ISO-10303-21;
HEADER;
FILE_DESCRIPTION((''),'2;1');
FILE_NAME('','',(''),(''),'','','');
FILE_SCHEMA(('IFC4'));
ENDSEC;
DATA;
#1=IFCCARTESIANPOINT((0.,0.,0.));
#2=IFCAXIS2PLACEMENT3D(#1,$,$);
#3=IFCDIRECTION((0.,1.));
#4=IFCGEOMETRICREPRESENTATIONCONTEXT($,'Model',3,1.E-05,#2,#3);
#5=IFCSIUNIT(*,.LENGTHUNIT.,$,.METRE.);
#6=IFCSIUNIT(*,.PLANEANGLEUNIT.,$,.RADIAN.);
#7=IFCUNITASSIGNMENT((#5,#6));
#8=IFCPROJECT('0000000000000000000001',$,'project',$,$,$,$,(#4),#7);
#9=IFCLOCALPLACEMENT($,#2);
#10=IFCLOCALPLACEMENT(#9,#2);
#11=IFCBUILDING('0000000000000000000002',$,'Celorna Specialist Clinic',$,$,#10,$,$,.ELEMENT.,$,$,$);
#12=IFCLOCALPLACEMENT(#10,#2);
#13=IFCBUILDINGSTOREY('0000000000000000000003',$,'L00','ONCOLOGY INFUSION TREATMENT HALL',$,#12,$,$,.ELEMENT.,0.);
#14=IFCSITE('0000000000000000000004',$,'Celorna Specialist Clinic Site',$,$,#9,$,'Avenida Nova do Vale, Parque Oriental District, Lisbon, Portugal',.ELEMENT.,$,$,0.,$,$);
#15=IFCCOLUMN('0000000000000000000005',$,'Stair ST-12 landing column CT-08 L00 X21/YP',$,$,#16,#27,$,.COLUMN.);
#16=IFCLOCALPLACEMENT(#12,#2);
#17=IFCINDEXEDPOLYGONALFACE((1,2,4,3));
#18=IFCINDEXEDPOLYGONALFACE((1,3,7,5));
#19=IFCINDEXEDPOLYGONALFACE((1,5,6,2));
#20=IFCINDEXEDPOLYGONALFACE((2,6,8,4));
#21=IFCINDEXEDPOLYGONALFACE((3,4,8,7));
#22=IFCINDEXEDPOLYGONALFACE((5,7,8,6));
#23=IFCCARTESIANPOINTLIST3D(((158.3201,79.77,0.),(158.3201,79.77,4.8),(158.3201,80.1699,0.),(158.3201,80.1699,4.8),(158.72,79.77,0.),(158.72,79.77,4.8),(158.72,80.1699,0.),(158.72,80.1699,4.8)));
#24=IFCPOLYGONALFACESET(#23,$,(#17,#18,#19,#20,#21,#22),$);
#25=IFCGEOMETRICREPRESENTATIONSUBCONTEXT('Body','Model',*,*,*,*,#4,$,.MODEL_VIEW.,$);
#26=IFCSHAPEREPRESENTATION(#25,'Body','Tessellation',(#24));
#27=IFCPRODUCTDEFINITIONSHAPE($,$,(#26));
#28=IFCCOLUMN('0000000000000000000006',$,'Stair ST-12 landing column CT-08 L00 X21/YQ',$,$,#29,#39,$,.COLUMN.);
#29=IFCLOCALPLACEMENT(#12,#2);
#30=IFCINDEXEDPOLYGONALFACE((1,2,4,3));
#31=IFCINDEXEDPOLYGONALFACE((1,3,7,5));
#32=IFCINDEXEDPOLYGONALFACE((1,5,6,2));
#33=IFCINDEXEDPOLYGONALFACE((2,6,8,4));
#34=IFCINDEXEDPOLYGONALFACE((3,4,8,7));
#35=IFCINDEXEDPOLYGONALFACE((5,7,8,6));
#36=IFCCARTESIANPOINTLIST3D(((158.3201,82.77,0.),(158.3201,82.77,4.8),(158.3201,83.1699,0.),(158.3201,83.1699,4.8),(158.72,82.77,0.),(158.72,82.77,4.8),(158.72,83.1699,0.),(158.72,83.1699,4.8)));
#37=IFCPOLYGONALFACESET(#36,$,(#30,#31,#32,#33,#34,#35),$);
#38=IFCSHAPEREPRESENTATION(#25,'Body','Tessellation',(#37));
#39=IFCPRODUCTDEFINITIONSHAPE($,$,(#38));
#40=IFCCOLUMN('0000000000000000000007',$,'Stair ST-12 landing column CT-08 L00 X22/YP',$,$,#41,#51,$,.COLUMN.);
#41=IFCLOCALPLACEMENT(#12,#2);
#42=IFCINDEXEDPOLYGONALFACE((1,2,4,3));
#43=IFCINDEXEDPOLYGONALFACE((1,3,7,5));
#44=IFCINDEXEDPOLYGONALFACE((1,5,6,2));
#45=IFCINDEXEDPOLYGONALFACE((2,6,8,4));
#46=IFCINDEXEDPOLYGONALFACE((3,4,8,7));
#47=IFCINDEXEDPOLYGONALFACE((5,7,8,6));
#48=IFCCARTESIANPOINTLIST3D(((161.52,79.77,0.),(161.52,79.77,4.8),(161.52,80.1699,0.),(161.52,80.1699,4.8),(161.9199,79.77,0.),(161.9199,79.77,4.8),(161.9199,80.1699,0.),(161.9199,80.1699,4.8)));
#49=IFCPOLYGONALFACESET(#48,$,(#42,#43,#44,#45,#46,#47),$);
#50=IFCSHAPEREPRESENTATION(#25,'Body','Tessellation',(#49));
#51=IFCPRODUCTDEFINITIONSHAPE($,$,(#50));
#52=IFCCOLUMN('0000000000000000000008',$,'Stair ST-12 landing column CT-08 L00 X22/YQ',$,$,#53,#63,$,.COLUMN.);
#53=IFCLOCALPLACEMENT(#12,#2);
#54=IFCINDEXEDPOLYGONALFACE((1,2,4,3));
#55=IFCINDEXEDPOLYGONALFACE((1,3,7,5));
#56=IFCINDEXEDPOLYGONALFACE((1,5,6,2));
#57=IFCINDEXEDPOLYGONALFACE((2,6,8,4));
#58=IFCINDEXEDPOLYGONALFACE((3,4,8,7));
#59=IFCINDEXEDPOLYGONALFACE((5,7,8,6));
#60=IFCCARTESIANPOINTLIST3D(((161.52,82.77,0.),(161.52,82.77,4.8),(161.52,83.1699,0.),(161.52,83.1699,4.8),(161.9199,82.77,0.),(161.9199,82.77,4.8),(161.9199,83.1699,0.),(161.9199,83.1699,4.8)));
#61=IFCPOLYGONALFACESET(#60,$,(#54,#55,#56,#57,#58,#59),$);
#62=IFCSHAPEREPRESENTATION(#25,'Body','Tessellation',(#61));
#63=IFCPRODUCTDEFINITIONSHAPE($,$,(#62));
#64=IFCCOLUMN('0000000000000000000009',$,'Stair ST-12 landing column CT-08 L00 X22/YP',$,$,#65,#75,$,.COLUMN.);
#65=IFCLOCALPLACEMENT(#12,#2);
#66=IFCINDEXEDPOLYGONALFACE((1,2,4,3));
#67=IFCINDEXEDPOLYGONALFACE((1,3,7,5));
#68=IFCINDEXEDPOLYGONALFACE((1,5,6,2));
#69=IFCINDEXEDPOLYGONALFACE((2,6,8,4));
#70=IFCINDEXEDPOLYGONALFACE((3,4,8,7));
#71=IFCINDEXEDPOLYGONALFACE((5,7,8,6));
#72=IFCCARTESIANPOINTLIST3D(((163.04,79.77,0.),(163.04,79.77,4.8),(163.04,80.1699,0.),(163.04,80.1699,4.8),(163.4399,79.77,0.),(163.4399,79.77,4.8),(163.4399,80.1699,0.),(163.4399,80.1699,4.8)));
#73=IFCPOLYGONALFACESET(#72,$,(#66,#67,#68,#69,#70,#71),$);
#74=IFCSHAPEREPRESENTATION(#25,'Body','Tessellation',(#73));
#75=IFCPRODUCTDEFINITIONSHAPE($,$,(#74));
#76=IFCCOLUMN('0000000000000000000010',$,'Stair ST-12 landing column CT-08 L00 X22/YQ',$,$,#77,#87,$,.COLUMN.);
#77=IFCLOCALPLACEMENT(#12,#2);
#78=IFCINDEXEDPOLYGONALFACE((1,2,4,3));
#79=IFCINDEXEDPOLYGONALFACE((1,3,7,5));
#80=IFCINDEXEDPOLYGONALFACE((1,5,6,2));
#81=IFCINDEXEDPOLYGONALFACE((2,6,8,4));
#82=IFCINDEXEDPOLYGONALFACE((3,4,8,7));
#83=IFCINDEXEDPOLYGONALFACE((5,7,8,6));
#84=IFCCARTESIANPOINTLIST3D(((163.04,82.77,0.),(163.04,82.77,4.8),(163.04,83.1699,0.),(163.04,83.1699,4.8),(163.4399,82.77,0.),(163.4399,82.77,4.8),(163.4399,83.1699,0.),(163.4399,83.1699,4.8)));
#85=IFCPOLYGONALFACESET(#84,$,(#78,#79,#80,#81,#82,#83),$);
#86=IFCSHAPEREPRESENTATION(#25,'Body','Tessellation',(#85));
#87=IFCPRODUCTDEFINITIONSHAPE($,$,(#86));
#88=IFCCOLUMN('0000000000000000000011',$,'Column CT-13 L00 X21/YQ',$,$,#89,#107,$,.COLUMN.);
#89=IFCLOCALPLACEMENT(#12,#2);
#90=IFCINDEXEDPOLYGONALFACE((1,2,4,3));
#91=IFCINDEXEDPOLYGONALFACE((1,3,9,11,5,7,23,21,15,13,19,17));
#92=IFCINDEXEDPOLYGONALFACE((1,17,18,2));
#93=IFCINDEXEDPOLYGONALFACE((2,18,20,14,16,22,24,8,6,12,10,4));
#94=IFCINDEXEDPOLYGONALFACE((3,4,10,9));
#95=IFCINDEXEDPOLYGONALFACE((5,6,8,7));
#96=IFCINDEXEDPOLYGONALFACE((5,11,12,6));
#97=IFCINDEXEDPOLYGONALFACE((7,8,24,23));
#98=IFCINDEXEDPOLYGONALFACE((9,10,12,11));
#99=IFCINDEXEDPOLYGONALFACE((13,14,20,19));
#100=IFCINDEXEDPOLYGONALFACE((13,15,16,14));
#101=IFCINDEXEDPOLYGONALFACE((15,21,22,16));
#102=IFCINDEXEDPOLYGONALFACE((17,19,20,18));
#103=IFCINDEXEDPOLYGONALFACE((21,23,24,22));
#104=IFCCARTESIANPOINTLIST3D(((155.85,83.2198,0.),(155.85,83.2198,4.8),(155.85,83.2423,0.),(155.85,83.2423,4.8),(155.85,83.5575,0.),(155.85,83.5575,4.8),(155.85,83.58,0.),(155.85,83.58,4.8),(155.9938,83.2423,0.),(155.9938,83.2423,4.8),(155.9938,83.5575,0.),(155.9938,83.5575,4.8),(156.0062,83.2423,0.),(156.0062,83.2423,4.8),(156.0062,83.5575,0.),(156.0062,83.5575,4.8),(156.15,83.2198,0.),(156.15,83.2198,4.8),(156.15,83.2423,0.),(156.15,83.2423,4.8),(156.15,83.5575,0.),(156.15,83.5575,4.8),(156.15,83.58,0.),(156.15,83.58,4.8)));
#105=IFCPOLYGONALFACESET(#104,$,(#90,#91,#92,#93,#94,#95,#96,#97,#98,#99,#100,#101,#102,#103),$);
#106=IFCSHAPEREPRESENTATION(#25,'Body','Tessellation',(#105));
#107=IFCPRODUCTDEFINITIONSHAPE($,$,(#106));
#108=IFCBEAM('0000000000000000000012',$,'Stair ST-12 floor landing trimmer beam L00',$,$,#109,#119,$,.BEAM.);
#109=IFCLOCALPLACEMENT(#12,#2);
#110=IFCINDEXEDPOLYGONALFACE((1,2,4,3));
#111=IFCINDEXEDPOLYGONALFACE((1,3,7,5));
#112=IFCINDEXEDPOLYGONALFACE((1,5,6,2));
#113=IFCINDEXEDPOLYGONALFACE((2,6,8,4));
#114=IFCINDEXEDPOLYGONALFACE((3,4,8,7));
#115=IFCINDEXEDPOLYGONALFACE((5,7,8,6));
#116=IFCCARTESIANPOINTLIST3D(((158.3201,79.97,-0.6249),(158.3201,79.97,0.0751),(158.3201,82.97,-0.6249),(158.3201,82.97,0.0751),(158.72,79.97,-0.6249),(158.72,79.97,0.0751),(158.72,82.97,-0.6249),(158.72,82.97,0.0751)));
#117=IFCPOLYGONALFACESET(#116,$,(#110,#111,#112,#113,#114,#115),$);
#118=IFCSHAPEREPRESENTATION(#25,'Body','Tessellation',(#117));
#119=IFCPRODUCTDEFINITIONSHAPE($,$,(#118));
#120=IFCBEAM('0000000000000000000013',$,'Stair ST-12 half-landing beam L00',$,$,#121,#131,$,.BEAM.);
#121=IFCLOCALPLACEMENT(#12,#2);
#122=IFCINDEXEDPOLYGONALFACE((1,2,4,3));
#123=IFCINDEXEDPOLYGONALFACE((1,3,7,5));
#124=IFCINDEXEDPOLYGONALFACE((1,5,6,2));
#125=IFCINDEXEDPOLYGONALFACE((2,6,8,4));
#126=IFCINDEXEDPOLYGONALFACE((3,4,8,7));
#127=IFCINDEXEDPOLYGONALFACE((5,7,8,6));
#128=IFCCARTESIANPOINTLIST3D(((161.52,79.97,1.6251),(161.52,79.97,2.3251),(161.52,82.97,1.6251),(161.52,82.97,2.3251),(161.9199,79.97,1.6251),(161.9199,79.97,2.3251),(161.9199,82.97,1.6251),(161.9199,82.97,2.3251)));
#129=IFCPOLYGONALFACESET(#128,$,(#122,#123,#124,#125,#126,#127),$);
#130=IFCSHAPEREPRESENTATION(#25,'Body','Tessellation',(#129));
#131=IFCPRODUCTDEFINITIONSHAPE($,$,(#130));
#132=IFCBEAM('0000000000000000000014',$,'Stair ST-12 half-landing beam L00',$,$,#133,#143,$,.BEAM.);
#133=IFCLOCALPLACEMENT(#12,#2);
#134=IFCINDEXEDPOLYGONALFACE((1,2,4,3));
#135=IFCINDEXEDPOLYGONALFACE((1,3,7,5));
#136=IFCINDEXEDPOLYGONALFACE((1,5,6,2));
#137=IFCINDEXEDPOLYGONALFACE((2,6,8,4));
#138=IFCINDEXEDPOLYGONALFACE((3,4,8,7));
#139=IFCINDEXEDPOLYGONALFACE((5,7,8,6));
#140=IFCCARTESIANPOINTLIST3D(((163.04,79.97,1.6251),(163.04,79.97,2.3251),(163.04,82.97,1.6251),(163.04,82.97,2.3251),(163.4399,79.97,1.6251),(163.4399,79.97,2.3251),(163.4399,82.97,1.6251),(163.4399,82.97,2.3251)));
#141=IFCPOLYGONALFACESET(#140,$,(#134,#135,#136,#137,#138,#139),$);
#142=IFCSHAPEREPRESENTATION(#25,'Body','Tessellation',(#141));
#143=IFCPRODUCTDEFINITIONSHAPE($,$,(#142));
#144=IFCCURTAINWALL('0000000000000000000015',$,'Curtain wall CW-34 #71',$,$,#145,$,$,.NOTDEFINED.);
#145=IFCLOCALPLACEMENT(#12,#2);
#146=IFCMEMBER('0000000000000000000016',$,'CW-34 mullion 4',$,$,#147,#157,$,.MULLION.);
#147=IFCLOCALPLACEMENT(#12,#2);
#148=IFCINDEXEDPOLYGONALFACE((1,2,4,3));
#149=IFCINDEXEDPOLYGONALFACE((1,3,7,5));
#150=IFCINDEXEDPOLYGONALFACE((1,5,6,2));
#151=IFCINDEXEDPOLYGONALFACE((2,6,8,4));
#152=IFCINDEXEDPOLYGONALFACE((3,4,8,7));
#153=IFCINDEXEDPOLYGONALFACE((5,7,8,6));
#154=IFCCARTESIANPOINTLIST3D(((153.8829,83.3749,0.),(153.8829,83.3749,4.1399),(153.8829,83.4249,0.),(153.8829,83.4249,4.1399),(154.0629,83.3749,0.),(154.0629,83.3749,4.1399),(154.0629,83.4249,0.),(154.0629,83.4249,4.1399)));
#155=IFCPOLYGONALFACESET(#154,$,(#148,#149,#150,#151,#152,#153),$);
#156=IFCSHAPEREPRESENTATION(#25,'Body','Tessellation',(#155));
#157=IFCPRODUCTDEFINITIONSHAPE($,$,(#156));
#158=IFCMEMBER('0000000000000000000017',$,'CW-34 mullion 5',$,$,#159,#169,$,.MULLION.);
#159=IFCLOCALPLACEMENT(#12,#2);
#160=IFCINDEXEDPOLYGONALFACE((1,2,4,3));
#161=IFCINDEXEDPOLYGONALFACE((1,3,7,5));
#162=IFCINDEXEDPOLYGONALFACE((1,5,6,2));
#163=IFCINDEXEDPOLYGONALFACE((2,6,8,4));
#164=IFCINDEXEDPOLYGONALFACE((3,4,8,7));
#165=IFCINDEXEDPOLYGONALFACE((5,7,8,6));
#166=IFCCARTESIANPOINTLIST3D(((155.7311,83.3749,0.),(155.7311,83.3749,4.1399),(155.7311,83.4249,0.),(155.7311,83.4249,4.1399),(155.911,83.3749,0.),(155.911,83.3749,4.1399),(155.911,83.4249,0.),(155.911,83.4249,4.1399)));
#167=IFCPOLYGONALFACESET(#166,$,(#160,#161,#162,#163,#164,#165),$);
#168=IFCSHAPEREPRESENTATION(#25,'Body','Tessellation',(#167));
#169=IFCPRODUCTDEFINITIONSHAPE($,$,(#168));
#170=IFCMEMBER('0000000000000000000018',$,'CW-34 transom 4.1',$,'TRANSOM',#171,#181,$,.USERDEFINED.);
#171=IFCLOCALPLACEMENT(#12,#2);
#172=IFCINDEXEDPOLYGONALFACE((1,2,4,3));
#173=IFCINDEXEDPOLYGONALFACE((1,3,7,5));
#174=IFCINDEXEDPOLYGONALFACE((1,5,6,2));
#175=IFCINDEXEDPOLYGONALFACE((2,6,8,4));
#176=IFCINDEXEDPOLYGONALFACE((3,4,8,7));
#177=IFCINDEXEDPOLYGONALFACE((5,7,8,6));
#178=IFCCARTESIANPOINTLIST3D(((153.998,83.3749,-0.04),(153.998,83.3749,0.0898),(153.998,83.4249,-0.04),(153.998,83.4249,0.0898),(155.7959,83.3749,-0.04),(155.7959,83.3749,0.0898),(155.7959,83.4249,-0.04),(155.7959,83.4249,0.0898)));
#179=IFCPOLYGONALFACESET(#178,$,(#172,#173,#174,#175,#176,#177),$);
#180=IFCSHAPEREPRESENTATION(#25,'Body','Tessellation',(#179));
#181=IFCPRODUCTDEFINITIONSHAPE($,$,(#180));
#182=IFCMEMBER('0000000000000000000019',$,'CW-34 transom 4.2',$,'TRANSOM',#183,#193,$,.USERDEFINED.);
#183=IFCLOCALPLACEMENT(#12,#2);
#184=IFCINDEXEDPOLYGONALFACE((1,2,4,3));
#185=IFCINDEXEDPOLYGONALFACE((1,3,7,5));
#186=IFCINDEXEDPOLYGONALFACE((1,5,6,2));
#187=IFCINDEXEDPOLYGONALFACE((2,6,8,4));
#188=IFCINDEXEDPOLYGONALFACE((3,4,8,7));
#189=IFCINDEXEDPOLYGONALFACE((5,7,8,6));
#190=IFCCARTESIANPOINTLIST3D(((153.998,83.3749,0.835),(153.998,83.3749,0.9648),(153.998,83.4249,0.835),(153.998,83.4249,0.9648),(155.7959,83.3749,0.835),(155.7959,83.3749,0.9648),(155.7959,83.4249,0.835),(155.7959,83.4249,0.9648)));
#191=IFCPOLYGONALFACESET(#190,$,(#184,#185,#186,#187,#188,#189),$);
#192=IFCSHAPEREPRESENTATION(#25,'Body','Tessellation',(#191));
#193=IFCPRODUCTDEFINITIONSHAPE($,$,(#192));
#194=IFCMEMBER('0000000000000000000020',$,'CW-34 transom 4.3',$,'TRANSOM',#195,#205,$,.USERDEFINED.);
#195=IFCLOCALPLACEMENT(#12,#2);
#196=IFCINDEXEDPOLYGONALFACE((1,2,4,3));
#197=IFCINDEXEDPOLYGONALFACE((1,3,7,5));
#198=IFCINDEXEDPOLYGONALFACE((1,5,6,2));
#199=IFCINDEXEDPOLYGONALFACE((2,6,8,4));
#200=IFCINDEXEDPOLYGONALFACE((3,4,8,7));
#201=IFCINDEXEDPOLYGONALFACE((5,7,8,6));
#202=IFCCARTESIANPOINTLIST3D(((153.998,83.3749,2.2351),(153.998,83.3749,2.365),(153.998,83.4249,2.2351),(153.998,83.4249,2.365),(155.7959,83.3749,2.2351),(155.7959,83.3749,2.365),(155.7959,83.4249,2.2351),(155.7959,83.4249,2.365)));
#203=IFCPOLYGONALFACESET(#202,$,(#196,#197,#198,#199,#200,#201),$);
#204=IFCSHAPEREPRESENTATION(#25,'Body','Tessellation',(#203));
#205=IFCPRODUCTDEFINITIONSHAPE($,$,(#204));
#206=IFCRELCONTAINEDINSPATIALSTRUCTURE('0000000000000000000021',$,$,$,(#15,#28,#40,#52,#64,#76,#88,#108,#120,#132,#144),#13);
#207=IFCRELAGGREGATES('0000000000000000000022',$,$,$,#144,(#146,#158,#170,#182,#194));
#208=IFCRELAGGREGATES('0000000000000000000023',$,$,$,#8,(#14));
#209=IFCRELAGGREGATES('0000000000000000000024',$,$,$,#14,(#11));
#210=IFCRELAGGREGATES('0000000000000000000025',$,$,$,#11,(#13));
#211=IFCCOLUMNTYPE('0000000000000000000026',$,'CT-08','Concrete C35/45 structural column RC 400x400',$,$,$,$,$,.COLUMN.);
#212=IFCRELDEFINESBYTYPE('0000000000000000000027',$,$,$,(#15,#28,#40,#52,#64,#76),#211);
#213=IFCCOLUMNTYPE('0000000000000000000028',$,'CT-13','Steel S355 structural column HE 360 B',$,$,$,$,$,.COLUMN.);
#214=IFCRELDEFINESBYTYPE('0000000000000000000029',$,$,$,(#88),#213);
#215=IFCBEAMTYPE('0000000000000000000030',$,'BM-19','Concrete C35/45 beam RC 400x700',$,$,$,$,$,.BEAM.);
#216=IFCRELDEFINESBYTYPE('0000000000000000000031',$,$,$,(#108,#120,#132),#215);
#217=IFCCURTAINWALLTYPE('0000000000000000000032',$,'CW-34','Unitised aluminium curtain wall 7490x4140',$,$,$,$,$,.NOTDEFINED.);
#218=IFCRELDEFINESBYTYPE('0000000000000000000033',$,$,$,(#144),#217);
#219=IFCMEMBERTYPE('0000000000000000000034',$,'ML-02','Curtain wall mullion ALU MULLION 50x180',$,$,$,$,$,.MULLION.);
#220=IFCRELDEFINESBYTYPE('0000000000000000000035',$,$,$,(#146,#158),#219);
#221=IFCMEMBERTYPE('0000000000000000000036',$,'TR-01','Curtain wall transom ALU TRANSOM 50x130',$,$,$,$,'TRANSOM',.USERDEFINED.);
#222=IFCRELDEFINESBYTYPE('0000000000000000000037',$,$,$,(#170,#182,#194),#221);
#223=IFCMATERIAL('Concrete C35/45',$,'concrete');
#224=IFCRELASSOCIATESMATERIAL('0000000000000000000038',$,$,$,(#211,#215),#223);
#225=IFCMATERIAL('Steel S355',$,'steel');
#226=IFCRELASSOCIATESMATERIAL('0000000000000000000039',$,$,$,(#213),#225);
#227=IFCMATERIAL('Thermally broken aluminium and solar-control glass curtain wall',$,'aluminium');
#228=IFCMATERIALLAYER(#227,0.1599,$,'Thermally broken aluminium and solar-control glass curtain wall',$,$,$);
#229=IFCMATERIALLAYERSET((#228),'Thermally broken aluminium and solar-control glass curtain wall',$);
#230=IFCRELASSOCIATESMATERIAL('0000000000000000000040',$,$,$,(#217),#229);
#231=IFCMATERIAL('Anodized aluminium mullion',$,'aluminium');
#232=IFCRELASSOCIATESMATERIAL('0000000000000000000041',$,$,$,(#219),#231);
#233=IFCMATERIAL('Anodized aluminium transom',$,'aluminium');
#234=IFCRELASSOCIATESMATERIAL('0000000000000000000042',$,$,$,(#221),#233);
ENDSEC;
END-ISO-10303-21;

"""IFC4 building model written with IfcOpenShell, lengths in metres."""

from ifc_helpers import new_model, si_unit, direction, frame, origin, origin_2d, place, context, subcontext, project, spatial, rectangle, i_section, extrude, material, layer, layer_set, material_profile, profile_set, type_object, element, aggregate, save


model = new_model("IFC4")

# Units and contexts
model_context = context("Model", 3, precision=1e-05, world=origin(), true_north=direction((0.0, 1.0)))
body_context = subcontext(model_context, "Body", "Model", "MODEL_VIEW")
ifc_project = project(units=[si_unit("LENGTHUNIT", "METRE"), si_unit("PLANEANGLEUNIT", "RADIAN")], contexts=[model_context])

# Site, building, storey
site_placement = place(None, origin())
site = spatial("IfcSite", under=ifc_project, at=site_placement, Name="Celorna Specialist Clinic Site", LongName="Avenida Nova do Vale, Parque Oriental District, Lisbon, Portugal", CompositionType="ELEMENT", RefElevation=0.0)
building_placement = place(site_placement, origin())
building = spatial("IfcBuilding", under=site, at=building_placement, Name="Celorna Specialist Clinic", CompositionType="ELEMENT")
storey_placement = place(building_placement, origin())
storey = spatial("IfcBuildingStorey", under=building, at=storey_placement, Name="L00", Description="ONCOLOGY INFUSION TREATMENT HALL", CompositionType="ELEMENT", Elevation=0.0)

# Columns
ifc_material_1 = material(Name="Concrete C35/45", Category="concrete")
ifc_material_profile_1 = material_profile(ifc_material_1, rectangle(XDim=0.3999, YDim=0.3999, at=origin_2d()), Name="RC 400x400")
ifc_profile_set_1 = profile_set([ifc_material_profile_1], Name="Concrete C35/45")
column_type_1 = type_object("IfcColumnType", Name="CT-08", Description="Concrete C35/45 structural column RC 400x400", PredefinedType="COLUMN", material=ifc_profile_set_1)
for number, where, z_axis, x_axis, name in (
    (1, (158.52, 79.97, 0.0), (0.0, 0.0, 1.0), (1.0, 0.0, 0.0), "Stair ST-12 landing column CT-08 L00 X21/YP"),
    (2, (158.52, 82.97, 0.0), (0.0, 0.0, 1.0), (1.0, 0.0, 0.0), "Stair ST-12 landing column CT-08 L00 X21/YQ"),
    (3, (161.72, 79.97, 0.0), (0.0, 0.0, 1.0), (1.0, 0.0, 0.0), "Stair ST-12 landing column CT-08 L00 X22/YP"),
    (4, (161.72, 82.97, 0.0), (0.0, 0.0, 1.0), (1.0, 0.0, 0.0), "Stair ST-12 landing column CT-08 L00 X22/YQ"),
    (5, (163.24, 79.97, 0.0), (0.0, 0.0, 1.0), (1.0, 0.0, 0.0), "Stair ST-12 landing column CT-08 L00 X22/YP"),
    (6, (163.24, 82.97, 0.0), (0.0, 0.0, 1.0), (1.0, 0.0, 0.0), "Stair ST-12 landing column CT-08 L00 X22/YQ"),
):
    element("IfcColumn", number, at=place(storey_placement, frame(where, z_axis=z_axis, x_axis=x_axis)), inside=storey, type_object=column_type_1, Name=name, PredefinedType="COLUMN", context=body_context, shape_type="SweptSolid", body=[
        extrude(rectangle(XDim=0.3999, YDim=0.3999, at=origin_2d()), origin(), (0.0, 0.0, 1.0), 4.8),
    ])
ifc_material_2 = material(Name="Steel S355", Category="steel")
ifc_material_profile_2 = material_profile(ifc_material_2, i_section(OverallWidth=0.3, OverallDepth=0.3601, WebThickness=0.0125, FlangeThickness=0.0225, at=origin_2d()), Name="HE 360 B")
ifc_profile_set_2 = profile_set([ifc_material_profile_2], Name="Steel S355")
column_type_2 = type_object("IfcColumnType", Name="CT-13", Description="Steel S355 structural column HE 360 B", PredefinedType="COLUMN", material=ifc_profile_set_2)
column_placement = place(storey_placement, frame((156.0, 83.3999, 0.0), z_axis=(0.0, 0.0, 1.0), x_axis=(1.0, 0.0, 0.0)))
element("IfcColumn", 7, at=column_placement, inside=storey, type_object=column_type_2, Name="Column CT-13 L00 X21/YQ", PredefinedType="COLUMN", context=body_context, shape_type="SweptSolid", body=[
    extrude(i_section(OverallWidth=0.3, OverallDepth=0.3601, WebThickness=0.0125, FlangeThickness=0.0225, at=origin_2d()), origin(), (0.0, 0.0, 1.0), 4.8),
])

# Beams
ifc_material_profile_3 = material_profile(ifc_material_1, rectangle(XDim=0.3999, YDim=0.7, at=origin_2d()), Name="RC 400x700")
ifc_profile_set_3 = profile_set([ifc_material_profile_3], Name="Concrete C35/45")
beam_type = type_object("IfcBeamType", Name="BM-19", Description="Concrete C35/45 beam RC 400x700", PredefinedType="BEAM", material=ifc_profile_set_3)
for number, where, z_axis, x_axis, name in (
    (8, (158.52, 79.97, -0.2749), (0.0, 1.0, 0.0), (-1.0, 0.0, 0.0), "Stair ST-12 floor landing trimmer beam L00"),
    (9, (161.72, 79.97, 1.9751), (0.0, 1.0, 0.0), (-1.0, 0.0, 0.0), "Stair ST-12 half-landing beam L00"),
    (10, (163.24, 79.97, 1.9751), (0.0, 1.0, 0.0), (-1.0, 0.0, 0.0), "Stair ST-12 half-landing beam L00"),
):
    element("IfcBeam", number, at=place(storey_placement, frame(where, z_axis=z_axis, x_axis=x_axis)), inside=storey, type_object=beam_type, Name=name, PredefinedType="BEAM", context=body_context, shape_type="SweptSolid", body=[
        extrude(rectangle(XDim=0.3999, YDim=0.7, at=origin_2d()), origin(), (0.0, 0.0, 1.0), 3.0),
    ])

# Curtain wall, members
ifc_material_3 = material(Name="Thermally broken aluminium and solar-control glass curtain wall", Category="aluminium")
ifc_layer_1 = layer(ifc_material_3, 0.1599, Name="Thermally broken aluminium and solar-control glass curtain wall")
ifc_layer_set_1 = layer_set([ifc_layer_1], Name="Thermally broken aluminium and solar-control glass curtain wall")
curtain_wall_type = type_object("IfcCurtainWallType", Name="CW-34", Description="Unitised aluminium curtain wall 7490x4140", PredefinedType="NOTDEFINED", material=ifc_layer_set_1)
curtain_wall_placement = place(storey_placement, origin())
curtain_wall = element("IfcCurtainWall", 11, at=curtain_wall_placement, inside=storey, type_object=curtain_wall_type, Name="Curtain wall CW-34 #71", PredefinedType="NOTDEFINED")
ifc_material_4 = material(Name="Anodized aluminium mullion", Category="aluminium")
ifc_material_profile_4 = material_profile(ifc_material_4, rectangle(XDim=0.05, YDim=0.1799, at=origin_2d()), Name="ALU MULLION 50x180")
ifc_profile_set_4 = profile_set([ifc_material_profile_4], Name="Anodized aluminium mullion")
member_type_1 = type_object("IfcMemberType", Name="ML-02", Description="Curtain wall mullion ALU MULLION 50x180", PredefinedType="MULLION", material=ifc_profile_set_4)
member_1_placement = place(storey_placement, frame((153.9729, 83.3999, 0.0), z_axis=(0.0, 0.0, 1.0), x_axis=(0.0, 1.0, 0.0)))
member_1 = element("IfcMember", 12, at=member_1_placement, type_object=member_type_1, Name="CW-34 mullion 4", PredefinedType="MULLION", context=body_context, shape_type="SweptSolid", body=[
    extrude(rectangle(XDim=0.05, YDim=0.1799, at=origin_2d()), origin(), (0.0, 0.0, 1.0), 4.1399),
])
member_2_placement = place(storey_placement, frame((155.821, 83.3999, 0.0), z_axis=(0.0, 0.0, 1.0), x_axis=(0.0, 1.0, 0.0)))
member_2 = element("IfcMember", 13, at=member_2_placement, type_object=member_type_1, Name="CW-34 mullion 5", PredefinedType="MULLION", context=body_context, shape_type="SweptSolid", body=[
    extrude(rectangle(XDim=0.05, YDim=0.1799, at=origin_2d()), origin(), (0.0, 0.0, 1.0), 4.1399),
])
ifc_material_5 = material(Name="Anodized aluminium transom", Category="aluminium")
ifc_material_profile_5 = material_profile(ifc_material_5, rectangle(XDim=0.05, YDim=0.1299, at=origin_2d()), Name="ALU TRANSOM 50x130")
ifc_profile_set_5 = profile_set([ifc_material_profile_5], Name="Anodized aluminium transom")
member_type_2 = type_object("IfcMemberType", Name="TR-01", Description="Curtain wall transom ALU TRANSOM 50x130", ElementType="TRANSOM", PredefinedType="USERDEFINED", material=ifc_profile_set_5)
member_3_placement = place(storey_placement, frame((153.998, 83.3999, 0.0249), z_axis=(1.0, 0.0, 0.0), x_axis=(0.0, 1.0, 0.0)))
member_3 = element("IfcMember", 14, at=member_3_placement, type_object=member_type_2, Name="CW-34 transom 4.1", ObjectType="TRANSOM", PredefinedType="USERDEFINED", context=body_context, shape_type="SweptSolid", body=[
    extrude(rectangle(XDim=0.05, YDim=0.1299, at=origin_2d()), origin(), (0.0, 0.0, 1.0), 1.7979),
])
member_4_placement = place(storey_placement, frame((153.998, 83.3999, 0.8999), z_axis=(1.0, 0.0, 0.0), x_axis=(0.0, 1.0, 0.0)))
member_4 = element("IfcMember", 15, at=member_4_placement, type_object=member_type_2, Name="CW-34 transom 4.2", ObjectType="TRANSOM", PredefinedType="USERDEFINED", context=body_context, shape_type="SweptSolid", body=[
    extrude(rectangle(XDim=0.05, YDim=0.1299, at=origin_2d()), origin(), (0.0, 0.0, 1.0), 1.7979),
])
member_5_placement = place(storey_placement, frame((153.998, 83.3999, 2.3), z_axis=(1.0, 0.0, 0.0), x_axis=(0.0, 1.0, 0.0)))
member_5 = element("IfcMember", 16, at=member_5_placement, type_object=member_type_2, Name="CW-34 transom 4.3", ObjectType="TRANSOM", PredefinedType="USERDEFINED", context=body_context, shape_type="SweptSolid", body=[
    extrude(rectangle(XDim=0.05, YDim=0.1299, at=origin_2d()), origin(), (0.0, 0.0, 1.0), 1.7979),
])
aggregate(curtain_wall, [member_1, member_2, member_3, member_4, member_5])

save(model, "model.ifc")
